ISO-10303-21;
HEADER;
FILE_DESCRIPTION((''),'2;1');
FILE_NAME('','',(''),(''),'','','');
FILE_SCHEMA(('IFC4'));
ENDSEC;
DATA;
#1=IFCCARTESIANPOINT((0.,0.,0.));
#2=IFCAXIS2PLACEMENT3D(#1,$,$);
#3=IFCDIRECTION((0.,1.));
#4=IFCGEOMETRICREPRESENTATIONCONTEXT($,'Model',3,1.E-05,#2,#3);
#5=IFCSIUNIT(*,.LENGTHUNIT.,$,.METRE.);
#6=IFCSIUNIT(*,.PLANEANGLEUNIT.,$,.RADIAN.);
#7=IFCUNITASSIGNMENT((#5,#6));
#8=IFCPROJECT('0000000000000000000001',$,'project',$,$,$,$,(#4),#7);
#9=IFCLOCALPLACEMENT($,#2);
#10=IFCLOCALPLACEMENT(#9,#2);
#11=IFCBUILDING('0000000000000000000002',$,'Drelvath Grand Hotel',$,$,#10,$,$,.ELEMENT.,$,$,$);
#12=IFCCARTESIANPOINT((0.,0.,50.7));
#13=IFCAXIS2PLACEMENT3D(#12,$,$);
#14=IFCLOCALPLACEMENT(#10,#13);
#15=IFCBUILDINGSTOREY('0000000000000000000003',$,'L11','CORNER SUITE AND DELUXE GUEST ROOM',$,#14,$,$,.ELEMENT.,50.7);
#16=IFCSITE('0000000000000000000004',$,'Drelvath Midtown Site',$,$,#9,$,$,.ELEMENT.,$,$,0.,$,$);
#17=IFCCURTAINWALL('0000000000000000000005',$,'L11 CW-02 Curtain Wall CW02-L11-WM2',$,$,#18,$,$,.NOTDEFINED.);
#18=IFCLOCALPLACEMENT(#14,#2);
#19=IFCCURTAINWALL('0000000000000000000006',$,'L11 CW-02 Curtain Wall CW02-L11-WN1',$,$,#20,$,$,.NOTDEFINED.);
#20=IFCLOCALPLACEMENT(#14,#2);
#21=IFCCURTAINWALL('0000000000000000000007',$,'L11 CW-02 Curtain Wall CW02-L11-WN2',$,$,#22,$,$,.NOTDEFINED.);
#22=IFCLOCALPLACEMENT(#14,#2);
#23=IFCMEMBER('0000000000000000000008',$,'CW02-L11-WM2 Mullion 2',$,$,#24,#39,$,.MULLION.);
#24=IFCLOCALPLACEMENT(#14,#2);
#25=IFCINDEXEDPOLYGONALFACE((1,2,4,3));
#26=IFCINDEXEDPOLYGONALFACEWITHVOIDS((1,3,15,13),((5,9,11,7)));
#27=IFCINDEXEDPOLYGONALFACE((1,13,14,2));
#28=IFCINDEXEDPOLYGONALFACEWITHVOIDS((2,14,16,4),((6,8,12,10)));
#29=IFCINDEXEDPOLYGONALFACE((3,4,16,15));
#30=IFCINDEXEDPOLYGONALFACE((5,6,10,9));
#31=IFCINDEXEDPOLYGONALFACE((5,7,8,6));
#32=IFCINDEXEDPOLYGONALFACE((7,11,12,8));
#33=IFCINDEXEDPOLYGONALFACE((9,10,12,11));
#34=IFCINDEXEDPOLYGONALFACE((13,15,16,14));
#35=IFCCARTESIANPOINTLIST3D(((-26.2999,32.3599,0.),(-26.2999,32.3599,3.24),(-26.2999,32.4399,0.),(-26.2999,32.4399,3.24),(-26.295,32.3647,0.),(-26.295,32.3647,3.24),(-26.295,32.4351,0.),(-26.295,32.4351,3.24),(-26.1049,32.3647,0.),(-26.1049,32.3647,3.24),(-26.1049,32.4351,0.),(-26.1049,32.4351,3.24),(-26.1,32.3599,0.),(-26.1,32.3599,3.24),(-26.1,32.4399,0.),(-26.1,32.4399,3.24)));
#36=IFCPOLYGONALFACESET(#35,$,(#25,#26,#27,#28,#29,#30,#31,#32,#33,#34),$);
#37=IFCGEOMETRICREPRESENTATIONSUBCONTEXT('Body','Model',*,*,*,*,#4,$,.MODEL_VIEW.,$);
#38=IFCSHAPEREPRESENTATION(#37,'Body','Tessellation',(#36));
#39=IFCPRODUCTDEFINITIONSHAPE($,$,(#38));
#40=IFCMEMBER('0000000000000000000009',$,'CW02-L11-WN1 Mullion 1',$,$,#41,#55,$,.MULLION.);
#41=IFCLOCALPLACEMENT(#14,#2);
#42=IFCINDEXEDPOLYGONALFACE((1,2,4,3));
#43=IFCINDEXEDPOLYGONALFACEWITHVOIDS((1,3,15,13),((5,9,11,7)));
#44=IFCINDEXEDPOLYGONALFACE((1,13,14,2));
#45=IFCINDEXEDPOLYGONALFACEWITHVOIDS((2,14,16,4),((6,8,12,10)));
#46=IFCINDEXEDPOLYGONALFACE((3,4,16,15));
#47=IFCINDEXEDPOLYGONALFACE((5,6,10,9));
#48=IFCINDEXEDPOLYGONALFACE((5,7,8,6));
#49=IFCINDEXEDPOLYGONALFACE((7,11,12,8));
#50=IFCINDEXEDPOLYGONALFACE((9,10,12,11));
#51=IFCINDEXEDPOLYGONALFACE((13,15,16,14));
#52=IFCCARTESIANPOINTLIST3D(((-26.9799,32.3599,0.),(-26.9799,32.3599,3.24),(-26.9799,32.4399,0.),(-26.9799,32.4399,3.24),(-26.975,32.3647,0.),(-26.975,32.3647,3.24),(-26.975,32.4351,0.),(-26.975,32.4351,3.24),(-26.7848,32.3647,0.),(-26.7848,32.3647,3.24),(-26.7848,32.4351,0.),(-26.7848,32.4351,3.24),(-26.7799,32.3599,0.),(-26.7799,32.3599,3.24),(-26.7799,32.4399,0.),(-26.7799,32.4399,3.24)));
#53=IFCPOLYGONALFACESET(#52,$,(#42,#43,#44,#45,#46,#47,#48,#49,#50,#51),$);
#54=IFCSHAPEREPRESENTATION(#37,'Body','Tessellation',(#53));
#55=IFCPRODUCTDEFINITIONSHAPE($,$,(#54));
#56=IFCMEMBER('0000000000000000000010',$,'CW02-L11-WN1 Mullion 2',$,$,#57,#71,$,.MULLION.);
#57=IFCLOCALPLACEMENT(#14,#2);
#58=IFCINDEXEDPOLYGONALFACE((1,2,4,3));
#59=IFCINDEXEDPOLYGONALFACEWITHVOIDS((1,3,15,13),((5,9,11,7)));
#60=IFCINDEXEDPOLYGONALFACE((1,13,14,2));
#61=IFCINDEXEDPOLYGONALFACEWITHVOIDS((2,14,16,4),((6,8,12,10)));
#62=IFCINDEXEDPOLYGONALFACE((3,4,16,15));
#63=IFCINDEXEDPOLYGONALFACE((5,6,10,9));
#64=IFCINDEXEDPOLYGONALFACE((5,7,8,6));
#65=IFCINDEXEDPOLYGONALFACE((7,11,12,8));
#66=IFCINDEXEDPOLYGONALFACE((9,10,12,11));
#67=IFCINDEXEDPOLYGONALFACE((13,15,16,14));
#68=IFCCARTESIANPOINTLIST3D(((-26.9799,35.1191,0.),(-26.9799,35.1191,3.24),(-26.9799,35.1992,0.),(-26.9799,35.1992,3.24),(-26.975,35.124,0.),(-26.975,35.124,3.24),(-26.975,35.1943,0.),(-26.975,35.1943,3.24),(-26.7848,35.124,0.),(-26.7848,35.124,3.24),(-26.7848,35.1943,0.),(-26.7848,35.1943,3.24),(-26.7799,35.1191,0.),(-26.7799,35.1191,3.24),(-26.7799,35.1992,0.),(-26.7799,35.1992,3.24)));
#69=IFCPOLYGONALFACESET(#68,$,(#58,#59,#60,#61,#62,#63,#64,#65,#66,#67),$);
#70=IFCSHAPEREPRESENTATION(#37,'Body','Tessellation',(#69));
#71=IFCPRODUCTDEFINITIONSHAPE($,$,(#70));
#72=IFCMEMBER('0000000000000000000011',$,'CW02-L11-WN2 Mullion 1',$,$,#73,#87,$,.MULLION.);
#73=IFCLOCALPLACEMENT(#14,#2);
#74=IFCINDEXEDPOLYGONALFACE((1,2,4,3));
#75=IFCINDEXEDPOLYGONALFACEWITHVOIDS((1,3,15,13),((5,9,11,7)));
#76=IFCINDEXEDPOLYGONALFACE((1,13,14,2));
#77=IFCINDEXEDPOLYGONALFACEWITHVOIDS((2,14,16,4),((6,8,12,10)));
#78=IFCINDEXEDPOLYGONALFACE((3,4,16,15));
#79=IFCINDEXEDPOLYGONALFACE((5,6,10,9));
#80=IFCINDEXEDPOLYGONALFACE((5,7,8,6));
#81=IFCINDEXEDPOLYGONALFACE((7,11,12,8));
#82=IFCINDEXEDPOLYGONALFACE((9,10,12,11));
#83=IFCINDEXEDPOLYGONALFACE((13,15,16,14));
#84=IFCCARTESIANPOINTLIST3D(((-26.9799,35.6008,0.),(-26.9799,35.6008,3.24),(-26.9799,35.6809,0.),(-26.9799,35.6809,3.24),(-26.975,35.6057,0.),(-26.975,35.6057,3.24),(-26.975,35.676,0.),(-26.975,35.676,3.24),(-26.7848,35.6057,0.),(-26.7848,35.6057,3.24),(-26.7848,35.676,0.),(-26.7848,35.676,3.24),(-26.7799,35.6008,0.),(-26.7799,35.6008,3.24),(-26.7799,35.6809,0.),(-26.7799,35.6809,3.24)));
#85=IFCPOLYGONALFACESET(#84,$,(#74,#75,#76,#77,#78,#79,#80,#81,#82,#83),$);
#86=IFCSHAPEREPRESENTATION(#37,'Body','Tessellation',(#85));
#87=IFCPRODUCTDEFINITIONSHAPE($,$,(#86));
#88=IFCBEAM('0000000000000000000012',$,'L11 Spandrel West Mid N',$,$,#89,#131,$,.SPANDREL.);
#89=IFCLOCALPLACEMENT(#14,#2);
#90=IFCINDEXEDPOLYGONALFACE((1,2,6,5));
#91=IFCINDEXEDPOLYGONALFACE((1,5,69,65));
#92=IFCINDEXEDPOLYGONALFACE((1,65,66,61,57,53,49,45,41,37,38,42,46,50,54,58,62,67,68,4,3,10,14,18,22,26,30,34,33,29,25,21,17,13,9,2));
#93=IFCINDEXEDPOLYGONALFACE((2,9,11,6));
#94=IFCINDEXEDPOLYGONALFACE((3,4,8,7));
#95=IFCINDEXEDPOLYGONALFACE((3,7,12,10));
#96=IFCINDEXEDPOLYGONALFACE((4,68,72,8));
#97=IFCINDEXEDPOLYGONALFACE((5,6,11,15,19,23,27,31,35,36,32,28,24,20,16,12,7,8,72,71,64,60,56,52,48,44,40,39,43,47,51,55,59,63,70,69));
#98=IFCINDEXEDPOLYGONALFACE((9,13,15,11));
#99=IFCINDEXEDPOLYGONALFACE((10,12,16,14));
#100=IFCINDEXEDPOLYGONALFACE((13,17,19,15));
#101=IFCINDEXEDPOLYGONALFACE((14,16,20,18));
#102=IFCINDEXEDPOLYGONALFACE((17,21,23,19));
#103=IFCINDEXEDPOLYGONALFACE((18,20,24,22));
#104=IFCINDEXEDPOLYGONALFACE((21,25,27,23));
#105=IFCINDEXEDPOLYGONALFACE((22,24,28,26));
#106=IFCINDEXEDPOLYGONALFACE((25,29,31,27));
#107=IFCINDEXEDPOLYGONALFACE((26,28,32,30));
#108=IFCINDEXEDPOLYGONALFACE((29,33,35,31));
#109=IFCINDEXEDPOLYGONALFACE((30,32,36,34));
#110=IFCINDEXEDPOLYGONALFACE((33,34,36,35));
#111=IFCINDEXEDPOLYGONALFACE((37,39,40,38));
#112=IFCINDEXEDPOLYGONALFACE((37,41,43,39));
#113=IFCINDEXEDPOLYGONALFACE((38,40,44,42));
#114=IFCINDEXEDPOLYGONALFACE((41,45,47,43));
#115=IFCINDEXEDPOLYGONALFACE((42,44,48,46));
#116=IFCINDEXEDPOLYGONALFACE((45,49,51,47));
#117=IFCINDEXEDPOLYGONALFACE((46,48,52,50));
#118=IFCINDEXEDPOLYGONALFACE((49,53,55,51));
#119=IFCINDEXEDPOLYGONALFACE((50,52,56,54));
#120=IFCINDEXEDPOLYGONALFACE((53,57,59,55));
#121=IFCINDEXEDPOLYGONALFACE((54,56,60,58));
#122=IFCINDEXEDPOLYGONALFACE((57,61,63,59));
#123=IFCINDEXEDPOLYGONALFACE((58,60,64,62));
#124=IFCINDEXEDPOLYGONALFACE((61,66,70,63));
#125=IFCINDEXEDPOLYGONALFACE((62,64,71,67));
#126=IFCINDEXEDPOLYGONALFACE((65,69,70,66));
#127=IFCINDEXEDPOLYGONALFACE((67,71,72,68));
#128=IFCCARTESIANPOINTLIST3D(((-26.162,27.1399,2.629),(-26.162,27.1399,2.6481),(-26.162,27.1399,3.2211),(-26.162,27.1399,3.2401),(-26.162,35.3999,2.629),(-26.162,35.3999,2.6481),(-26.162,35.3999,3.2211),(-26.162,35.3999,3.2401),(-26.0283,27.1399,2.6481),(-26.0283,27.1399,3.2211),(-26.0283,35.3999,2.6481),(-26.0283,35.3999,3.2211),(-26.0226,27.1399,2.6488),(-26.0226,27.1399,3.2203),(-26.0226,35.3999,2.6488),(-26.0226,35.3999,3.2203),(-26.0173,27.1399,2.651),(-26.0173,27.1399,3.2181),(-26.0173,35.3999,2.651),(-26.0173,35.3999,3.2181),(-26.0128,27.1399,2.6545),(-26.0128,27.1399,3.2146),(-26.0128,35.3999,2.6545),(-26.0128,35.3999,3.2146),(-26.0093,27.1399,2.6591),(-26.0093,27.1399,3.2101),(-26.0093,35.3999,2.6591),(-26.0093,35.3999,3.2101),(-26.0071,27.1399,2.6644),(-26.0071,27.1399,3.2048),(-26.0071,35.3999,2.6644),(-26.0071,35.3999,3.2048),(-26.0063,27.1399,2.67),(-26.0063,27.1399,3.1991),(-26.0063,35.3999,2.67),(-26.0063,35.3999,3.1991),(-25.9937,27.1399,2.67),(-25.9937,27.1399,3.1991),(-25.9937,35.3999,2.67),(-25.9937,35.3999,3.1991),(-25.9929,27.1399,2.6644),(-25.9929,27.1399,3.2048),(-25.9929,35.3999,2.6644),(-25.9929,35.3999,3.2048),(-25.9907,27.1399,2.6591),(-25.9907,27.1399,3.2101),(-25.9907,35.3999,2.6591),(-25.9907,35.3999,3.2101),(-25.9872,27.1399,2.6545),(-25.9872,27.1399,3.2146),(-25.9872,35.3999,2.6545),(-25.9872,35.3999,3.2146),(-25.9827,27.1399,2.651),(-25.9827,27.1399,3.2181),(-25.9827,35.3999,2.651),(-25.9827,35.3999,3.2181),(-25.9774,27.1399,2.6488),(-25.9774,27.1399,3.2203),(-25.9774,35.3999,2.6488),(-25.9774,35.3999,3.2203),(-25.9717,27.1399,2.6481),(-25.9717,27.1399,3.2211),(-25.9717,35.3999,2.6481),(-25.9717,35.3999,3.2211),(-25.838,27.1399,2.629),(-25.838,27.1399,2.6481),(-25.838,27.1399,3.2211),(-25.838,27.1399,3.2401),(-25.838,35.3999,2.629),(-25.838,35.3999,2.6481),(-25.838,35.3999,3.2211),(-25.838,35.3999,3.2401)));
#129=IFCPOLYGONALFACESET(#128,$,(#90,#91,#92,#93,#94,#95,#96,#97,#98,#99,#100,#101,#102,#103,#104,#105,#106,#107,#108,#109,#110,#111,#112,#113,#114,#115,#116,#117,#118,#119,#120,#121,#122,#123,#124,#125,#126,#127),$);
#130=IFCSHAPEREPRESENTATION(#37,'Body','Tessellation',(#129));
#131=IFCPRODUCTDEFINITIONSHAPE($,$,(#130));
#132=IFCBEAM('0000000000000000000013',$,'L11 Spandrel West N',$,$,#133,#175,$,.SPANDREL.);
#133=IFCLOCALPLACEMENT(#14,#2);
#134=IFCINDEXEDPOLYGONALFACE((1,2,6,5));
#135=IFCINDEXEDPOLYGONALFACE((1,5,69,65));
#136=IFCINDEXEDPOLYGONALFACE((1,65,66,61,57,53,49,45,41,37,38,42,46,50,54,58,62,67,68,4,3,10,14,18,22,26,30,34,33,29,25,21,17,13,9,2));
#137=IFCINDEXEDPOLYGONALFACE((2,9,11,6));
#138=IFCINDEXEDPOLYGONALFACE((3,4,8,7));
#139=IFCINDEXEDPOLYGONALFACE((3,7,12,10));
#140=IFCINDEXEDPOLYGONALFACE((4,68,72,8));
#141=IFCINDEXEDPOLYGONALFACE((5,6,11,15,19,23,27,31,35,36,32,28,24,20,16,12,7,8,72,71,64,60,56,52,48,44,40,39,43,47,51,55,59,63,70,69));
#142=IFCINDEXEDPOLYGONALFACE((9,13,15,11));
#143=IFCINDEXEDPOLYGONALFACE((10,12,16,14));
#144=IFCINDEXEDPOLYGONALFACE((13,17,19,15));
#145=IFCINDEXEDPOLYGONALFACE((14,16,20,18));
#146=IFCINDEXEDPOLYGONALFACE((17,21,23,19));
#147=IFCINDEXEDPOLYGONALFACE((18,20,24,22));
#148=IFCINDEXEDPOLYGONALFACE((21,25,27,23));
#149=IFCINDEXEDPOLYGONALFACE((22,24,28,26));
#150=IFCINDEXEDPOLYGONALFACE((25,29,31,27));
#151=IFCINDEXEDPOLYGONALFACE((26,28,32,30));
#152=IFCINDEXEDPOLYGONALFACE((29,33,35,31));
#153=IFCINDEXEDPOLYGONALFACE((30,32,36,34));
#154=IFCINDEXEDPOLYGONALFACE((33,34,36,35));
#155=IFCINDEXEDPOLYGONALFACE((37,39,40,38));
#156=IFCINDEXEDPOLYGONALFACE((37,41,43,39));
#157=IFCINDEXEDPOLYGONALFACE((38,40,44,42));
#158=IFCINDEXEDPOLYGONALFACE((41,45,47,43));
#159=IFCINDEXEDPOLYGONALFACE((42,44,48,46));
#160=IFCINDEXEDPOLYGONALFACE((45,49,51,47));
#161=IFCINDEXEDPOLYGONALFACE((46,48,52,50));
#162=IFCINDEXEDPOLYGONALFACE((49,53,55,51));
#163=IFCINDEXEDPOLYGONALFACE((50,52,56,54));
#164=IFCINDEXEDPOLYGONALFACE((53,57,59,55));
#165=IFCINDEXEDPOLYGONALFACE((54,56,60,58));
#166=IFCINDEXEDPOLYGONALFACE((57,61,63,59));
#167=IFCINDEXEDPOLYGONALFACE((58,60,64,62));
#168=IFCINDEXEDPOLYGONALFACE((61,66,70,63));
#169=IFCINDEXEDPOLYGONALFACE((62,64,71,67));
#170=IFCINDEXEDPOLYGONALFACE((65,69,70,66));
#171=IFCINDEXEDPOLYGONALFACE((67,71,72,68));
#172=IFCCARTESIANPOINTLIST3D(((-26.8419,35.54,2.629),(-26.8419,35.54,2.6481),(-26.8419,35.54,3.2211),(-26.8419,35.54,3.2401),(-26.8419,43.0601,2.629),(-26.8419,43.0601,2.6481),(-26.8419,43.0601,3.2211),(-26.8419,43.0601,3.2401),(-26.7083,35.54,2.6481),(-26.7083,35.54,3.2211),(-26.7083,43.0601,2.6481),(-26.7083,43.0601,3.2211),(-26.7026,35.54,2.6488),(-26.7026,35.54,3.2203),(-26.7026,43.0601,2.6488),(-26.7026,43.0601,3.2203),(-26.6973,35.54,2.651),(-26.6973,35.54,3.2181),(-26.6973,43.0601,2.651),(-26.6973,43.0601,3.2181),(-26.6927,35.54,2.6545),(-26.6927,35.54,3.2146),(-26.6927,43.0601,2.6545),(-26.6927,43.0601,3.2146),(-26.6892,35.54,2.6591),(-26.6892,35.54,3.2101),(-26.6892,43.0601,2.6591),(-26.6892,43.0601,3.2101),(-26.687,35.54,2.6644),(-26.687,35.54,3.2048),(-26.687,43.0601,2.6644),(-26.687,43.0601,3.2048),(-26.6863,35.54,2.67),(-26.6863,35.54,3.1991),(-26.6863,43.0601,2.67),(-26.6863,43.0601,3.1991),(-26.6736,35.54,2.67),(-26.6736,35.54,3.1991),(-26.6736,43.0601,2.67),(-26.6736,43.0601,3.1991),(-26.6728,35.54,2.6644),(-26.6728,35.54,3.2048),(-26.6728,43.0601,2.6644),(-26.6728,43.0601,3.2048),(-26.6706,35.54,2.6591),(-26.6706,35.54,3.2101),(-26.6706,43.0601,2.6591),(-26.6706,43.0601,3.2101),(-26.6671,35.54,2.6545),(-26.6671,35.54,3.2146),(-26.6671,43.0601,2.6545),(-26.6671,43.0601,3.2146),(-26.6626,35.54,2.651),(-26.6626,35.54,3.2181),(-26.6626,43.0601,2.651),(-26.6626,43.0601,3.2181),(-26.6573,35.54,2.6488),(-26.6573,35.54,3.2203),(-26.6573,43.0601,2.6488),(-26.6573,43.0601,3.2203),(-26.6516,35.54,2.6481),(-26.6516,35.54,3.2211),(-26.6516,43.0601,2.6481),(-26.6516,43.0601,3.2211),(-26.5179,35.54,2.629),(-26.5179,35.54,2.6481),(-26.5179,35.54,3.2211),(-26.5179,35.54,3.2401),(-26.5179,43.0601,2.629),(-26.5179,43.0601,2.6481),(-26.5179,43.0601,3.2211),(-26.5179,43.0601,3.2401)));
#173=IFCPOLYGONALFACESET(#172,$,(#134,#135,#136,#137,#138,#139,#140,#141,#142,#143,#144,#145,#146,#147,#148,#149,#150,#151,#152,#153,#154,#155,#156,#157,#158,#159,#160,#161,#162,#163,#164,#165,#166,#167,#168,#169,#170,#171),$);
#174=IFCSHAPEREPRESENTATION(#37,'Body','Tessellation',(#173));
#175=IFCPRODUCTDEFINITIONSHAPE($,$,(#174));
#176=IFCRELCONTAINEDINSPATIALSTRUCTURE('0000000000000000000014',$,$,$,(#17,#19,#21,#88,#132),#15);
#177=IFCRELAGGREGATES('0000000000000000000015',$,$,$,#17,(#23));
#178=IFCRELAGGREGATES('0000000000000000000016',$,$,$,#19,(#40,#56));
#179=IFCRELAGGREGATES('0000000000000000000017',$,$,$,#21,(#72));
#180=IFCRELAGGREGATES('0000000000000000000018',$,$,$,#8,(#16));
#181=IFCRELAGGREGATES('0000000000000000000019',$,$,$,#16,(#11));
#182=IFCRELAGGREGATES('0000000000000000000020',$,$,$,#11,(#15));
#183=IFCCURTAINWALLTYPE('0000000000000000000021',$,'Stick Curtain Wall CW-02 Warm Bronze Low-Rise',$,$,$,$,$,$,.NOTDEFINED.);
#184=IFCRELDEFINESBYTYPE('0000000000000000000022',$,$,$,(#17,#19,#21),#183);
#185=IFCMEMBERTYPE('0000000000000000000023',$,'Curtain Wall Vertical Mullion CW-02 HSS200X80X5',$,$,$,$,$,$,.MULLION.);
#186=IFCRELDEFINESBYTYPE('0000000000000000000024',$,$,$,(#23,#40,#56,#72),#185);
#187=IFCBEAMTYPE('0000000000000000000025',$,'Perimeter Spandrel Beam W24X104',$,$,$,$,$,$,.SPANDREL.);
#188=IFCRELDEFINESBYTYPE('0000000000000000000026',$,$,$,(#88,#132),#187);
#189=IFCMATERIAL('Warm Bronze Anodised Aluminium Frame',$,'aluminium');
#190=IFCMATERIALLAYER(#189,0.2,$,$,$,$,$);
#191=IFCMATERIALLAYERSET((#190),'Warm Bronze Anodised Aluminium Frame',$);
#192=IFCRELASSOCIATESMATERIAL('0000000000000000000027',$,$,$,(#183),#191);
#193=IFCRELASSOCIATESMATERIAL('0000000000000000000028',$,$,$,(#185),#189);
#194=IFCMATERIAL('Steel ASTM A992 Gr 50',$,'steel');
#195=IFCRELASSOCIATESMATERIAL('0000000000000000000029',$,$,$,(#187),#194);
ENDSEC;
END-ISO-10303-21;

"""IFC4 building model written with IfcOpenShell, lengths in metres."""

from ifc_helpers import new_model, si_unit, direction, frame, origin, origin_2d, place, context, subcontext, project, spatial, hollow_rectangle, i_section, extrude, material, layer, layer_set, material_profile, profile_set, type_object, element, aggregate, save


model = new_model("IFC4")

# Units and contexts
model_context = context("Model", 3, precision=1e-05, world=origin(), true_north=direction((0.0, 1.0)))
body_context = subcontext(model_context, "Body", "Model", "MODEL_VIEW")
ifc_project = project(units=[si_unit("LENGTHUNIT", "METRE"), si_unit("PLANEANGLEUNIT", "RADIAN")], contexts=[model_context])

# Site, building, storey
site_placement = place(None, origin())
site = spatial("IfcSite", under=ifc_project, at=site_placement, Name="Drelvath Midtown Site", CompositionType="ELEMENT", RefElevation=0.0)
building_placement = place(site_placement, origin())
building = spatial("IfcBuilding", under=site, at=building_placement, Name="Drelvath Grand Hotel", CompositionType="ELEMENT")
storey_placement = place(building_placement, frame((0.0, 0.0, 50.7)))
storey = spatial("IfcBuildingStorey", under=building, at=storey_placement, Name="L11", Description="CORNER SUITE AND DELUXE GUEST ROOM", CompositionType="ELEMENT", Elevation=50.7)

# Curtain walls
ifc_material_1 = material(Name="Warm Bronze Anodised Aluminium Frame", Category="aluminium")
ifc_layer_1 = layer(ifc_material_1, 0.2)
ifc_layer_set_1 = layer_set([ifc_layer_1], Name="Warm Bronze Anodised Aluminium Frame")
curtain_wall_type = type_object("IfcCurtainWallType", Name="Stick Curtain Wall CW-02 Warm Bronze Low-Rise", PredefinedType="NOTDEFINED", material=ifc_layer_set_1)
curtain_wall_1_placement = place(storey_placement, origin())
curtain_wall_1 = element("IfcCurtainWall", 1, at=curtain_wall_1_placement, inside=storey, type_object=curtain_wall_type, Name="L11 CW-02 Curtain Wall CW02-L11-WM2", PredefinedType="NOTDEFINED")
curtain_wall_2_placement = place(storey_placement, origin())
curtain_wall_2 = element("IfcCurtainWall", 2, at=curtain_wall_2_placement, inside=storey, type_object=curtain_wall_type, Name="L11 CW-02 Curtain Wall CW02-L11-WN1", PredefinedType="NOTDEFINED")
curtain_wall_3_placement = place(storey_placement, origin())
curtain_wall_3 = element("IfcCurtainWall", 3, at=curtain_wall_3_placement, inside=storey, type_object=curtain_wall_type, Name="L11 CW-02 Curtain Wall CW02-L11-WN2", PredefinedType="NOTDEFINED")
ifc_material_profile_1 = material_profile(ifc_material_1, hollow_rectangle(XDim=0.0801, YDim=0.2, WallThickness=0.0049, at=origin_2d()), Name="HSS200X80X5")
ifc_profile_set_1 = profile_set([ifc_material_profile_1], Name="Warm Bronze Anodised Aluminium Frame")
member_type_1 = type_object("IfcMemberType", Name="Curtain Wall Vertical Mullion CW-02 HSS200X80X5", PredefinedType="MULLION", material=ifc_profile_set_1)

# Members
member_1_placement = place(storey_placement, frame((-26.2, 32.3999, 0.0), z_axis=(0.0, 0.0, 1.0), x_axis=(0.0, 1.0, 0.0)))
member_1 = element("IfcMember", 4, at=member_1_placement, type_object=member_type_1, Name="CW02-L11-WM2 Mullion 2", PredefinedType="MULLION", context=body_context, shape_type="SweptSolid", body=[
    extrude(hollow_rectangle(XDim=0.0801, YDim=0.2, WallThickness=0.0049, at=origin_2d()), origin(), (0.0, 0.0, 1.0), 3.24),
])
member_2_placement = place(storey_placement, frame((-26.8799, 32.3999, 0.0), z_axis=(0.0, 0.0, 1.0), x_axis=(0.0, 1.0, 0.0)))
member_2 = element("IfcMember", 5, at=member_2_placement, type_object=member_type_1, Name="CW02-L11-WN1 Mullion 1", PredefinedType="MULLION", context=body_context, shape_type="SweptSolid", body=[
    extrude(hollow_rectangle(XDim=0.0801, YDim=0.2, WallThickness=0.0049, at=origin_2d()), origin(), (0.0, 0.0, 1.0), 3.24),
])
member_3_placement = place(storey_placement, frame((-26.8799, 35.1592, 0.0), z_axis=(0.0, 0.0, 1.0), x_axis=(0.0, 1.0, 0.0)))
member_3 = element("IfcMember", 6, at=member_3_placement, type_object=member_type_1, Name="CW02-L11-WN1 Mullion 2", PredefinedType="MULLION", context=body_context, shape_type="SweptSolid", body=[
    extrude(hollow_rectangle(XDim=0.0801, YDim=0.2, WallThickness=0.0049, at=origin_2d()), origin(), (0.0, 0.0, 1.0), 3.24),
])
member_4_placement = place(storey_placement, frame((-26.8799, 35.6409, 0.0), z_axis=(0.0, 0.0, 1.0), x_axis=(0.0, 1.0, 0.0)))
member_4 = element("IfcMember", 7, at=member_4_placement, type_object=member_type_1, Name="CW02-L11-WN2 Mullion 1", PredefinedType="MULLION", context=body_context, shape_type="SweptSolid", body=[
    extrude(hollow_rectangle(XDim=0.0801, YDim=0.2, WallThickness=0.0049, at=origin_2d()), origin(), (0.0, 0.0, 1.0), 3.24),
])

# Beams
ifc_material_2 = material(Name="Steel ASTM A992 Gr 50", Category="steel")
ifc_material_profile_2 = material_profile(ifc_material_2, i_section(OverallWidth=0.324, OverallDepth=0.6111, WebThickness=0.0127, FlangeThickness=0.019, FilletRadius=0.022, at=origin_2d()), Name="W24X104")
ifc_profile_set_2 = profile_set([ifc_material_profile_2], Name="Steel ASTM A992 Gr 50")
beam_type_1 = type_object("IfcBeamType", Name="Perimeter Spandrel Beam W24X104", PredefinedType="SPANDREL", material=ifc_profile_set_2)
beam_1_placement = place(storey_placement, frame((-26.0, 27.1399, 2.9346), z_axis=(0.0, 1.0, 0.0), x_axis=(-1.0, 0.0, 0.0)))
element("IfcBeam", 8, at=beam_1_placement, inside=storey, type_object=beam_type_1, Name="L11 Spandrel West Mid N", PredefinedType="SPANDREL", context=body_context, shape_type="SweptSolid", body=[
    extrude(i_section(OverallWidth=0.324, OverallDepth=0.6111, WebThickness=0.0127, FlangeThickness=0.019, FilletRadius=0.022, at=origin_2d()), origin(), (0.0, 0.0, 1.0), 8.26),
])
beam_2_placement = place(storey_placement, frame((-26.6799, 35.54, 2.9346), z_axis=(0.0, 1.0, 0.0), x_axis=(-1.0, 0.0, 0.0)))
element("IfcBeam", 9, at=beam_2_placement, inside=storey, type_object=beam_type_1, Name="L11 Spandrel West N", PredefinedType="SPANDREL", context=body_context, shape_type="SweptSolid", body=[
    extrude(i_section(OverallWidth=0.324, OverallDepth=0.6111, WebThickness=0.0127, FlangeThickness=0.019, FilletRadius=0.022, at=origin_2d()), origin(), (0.0, 0.0, 1.0), 7.52),
])

aggregate(curtain_wall_1, [member_1])
aggregate(curtain_wall_2, [member_2, member_3])
aggregate(curtain_wall_3, [member_4])

save(model, "model.ifc")
